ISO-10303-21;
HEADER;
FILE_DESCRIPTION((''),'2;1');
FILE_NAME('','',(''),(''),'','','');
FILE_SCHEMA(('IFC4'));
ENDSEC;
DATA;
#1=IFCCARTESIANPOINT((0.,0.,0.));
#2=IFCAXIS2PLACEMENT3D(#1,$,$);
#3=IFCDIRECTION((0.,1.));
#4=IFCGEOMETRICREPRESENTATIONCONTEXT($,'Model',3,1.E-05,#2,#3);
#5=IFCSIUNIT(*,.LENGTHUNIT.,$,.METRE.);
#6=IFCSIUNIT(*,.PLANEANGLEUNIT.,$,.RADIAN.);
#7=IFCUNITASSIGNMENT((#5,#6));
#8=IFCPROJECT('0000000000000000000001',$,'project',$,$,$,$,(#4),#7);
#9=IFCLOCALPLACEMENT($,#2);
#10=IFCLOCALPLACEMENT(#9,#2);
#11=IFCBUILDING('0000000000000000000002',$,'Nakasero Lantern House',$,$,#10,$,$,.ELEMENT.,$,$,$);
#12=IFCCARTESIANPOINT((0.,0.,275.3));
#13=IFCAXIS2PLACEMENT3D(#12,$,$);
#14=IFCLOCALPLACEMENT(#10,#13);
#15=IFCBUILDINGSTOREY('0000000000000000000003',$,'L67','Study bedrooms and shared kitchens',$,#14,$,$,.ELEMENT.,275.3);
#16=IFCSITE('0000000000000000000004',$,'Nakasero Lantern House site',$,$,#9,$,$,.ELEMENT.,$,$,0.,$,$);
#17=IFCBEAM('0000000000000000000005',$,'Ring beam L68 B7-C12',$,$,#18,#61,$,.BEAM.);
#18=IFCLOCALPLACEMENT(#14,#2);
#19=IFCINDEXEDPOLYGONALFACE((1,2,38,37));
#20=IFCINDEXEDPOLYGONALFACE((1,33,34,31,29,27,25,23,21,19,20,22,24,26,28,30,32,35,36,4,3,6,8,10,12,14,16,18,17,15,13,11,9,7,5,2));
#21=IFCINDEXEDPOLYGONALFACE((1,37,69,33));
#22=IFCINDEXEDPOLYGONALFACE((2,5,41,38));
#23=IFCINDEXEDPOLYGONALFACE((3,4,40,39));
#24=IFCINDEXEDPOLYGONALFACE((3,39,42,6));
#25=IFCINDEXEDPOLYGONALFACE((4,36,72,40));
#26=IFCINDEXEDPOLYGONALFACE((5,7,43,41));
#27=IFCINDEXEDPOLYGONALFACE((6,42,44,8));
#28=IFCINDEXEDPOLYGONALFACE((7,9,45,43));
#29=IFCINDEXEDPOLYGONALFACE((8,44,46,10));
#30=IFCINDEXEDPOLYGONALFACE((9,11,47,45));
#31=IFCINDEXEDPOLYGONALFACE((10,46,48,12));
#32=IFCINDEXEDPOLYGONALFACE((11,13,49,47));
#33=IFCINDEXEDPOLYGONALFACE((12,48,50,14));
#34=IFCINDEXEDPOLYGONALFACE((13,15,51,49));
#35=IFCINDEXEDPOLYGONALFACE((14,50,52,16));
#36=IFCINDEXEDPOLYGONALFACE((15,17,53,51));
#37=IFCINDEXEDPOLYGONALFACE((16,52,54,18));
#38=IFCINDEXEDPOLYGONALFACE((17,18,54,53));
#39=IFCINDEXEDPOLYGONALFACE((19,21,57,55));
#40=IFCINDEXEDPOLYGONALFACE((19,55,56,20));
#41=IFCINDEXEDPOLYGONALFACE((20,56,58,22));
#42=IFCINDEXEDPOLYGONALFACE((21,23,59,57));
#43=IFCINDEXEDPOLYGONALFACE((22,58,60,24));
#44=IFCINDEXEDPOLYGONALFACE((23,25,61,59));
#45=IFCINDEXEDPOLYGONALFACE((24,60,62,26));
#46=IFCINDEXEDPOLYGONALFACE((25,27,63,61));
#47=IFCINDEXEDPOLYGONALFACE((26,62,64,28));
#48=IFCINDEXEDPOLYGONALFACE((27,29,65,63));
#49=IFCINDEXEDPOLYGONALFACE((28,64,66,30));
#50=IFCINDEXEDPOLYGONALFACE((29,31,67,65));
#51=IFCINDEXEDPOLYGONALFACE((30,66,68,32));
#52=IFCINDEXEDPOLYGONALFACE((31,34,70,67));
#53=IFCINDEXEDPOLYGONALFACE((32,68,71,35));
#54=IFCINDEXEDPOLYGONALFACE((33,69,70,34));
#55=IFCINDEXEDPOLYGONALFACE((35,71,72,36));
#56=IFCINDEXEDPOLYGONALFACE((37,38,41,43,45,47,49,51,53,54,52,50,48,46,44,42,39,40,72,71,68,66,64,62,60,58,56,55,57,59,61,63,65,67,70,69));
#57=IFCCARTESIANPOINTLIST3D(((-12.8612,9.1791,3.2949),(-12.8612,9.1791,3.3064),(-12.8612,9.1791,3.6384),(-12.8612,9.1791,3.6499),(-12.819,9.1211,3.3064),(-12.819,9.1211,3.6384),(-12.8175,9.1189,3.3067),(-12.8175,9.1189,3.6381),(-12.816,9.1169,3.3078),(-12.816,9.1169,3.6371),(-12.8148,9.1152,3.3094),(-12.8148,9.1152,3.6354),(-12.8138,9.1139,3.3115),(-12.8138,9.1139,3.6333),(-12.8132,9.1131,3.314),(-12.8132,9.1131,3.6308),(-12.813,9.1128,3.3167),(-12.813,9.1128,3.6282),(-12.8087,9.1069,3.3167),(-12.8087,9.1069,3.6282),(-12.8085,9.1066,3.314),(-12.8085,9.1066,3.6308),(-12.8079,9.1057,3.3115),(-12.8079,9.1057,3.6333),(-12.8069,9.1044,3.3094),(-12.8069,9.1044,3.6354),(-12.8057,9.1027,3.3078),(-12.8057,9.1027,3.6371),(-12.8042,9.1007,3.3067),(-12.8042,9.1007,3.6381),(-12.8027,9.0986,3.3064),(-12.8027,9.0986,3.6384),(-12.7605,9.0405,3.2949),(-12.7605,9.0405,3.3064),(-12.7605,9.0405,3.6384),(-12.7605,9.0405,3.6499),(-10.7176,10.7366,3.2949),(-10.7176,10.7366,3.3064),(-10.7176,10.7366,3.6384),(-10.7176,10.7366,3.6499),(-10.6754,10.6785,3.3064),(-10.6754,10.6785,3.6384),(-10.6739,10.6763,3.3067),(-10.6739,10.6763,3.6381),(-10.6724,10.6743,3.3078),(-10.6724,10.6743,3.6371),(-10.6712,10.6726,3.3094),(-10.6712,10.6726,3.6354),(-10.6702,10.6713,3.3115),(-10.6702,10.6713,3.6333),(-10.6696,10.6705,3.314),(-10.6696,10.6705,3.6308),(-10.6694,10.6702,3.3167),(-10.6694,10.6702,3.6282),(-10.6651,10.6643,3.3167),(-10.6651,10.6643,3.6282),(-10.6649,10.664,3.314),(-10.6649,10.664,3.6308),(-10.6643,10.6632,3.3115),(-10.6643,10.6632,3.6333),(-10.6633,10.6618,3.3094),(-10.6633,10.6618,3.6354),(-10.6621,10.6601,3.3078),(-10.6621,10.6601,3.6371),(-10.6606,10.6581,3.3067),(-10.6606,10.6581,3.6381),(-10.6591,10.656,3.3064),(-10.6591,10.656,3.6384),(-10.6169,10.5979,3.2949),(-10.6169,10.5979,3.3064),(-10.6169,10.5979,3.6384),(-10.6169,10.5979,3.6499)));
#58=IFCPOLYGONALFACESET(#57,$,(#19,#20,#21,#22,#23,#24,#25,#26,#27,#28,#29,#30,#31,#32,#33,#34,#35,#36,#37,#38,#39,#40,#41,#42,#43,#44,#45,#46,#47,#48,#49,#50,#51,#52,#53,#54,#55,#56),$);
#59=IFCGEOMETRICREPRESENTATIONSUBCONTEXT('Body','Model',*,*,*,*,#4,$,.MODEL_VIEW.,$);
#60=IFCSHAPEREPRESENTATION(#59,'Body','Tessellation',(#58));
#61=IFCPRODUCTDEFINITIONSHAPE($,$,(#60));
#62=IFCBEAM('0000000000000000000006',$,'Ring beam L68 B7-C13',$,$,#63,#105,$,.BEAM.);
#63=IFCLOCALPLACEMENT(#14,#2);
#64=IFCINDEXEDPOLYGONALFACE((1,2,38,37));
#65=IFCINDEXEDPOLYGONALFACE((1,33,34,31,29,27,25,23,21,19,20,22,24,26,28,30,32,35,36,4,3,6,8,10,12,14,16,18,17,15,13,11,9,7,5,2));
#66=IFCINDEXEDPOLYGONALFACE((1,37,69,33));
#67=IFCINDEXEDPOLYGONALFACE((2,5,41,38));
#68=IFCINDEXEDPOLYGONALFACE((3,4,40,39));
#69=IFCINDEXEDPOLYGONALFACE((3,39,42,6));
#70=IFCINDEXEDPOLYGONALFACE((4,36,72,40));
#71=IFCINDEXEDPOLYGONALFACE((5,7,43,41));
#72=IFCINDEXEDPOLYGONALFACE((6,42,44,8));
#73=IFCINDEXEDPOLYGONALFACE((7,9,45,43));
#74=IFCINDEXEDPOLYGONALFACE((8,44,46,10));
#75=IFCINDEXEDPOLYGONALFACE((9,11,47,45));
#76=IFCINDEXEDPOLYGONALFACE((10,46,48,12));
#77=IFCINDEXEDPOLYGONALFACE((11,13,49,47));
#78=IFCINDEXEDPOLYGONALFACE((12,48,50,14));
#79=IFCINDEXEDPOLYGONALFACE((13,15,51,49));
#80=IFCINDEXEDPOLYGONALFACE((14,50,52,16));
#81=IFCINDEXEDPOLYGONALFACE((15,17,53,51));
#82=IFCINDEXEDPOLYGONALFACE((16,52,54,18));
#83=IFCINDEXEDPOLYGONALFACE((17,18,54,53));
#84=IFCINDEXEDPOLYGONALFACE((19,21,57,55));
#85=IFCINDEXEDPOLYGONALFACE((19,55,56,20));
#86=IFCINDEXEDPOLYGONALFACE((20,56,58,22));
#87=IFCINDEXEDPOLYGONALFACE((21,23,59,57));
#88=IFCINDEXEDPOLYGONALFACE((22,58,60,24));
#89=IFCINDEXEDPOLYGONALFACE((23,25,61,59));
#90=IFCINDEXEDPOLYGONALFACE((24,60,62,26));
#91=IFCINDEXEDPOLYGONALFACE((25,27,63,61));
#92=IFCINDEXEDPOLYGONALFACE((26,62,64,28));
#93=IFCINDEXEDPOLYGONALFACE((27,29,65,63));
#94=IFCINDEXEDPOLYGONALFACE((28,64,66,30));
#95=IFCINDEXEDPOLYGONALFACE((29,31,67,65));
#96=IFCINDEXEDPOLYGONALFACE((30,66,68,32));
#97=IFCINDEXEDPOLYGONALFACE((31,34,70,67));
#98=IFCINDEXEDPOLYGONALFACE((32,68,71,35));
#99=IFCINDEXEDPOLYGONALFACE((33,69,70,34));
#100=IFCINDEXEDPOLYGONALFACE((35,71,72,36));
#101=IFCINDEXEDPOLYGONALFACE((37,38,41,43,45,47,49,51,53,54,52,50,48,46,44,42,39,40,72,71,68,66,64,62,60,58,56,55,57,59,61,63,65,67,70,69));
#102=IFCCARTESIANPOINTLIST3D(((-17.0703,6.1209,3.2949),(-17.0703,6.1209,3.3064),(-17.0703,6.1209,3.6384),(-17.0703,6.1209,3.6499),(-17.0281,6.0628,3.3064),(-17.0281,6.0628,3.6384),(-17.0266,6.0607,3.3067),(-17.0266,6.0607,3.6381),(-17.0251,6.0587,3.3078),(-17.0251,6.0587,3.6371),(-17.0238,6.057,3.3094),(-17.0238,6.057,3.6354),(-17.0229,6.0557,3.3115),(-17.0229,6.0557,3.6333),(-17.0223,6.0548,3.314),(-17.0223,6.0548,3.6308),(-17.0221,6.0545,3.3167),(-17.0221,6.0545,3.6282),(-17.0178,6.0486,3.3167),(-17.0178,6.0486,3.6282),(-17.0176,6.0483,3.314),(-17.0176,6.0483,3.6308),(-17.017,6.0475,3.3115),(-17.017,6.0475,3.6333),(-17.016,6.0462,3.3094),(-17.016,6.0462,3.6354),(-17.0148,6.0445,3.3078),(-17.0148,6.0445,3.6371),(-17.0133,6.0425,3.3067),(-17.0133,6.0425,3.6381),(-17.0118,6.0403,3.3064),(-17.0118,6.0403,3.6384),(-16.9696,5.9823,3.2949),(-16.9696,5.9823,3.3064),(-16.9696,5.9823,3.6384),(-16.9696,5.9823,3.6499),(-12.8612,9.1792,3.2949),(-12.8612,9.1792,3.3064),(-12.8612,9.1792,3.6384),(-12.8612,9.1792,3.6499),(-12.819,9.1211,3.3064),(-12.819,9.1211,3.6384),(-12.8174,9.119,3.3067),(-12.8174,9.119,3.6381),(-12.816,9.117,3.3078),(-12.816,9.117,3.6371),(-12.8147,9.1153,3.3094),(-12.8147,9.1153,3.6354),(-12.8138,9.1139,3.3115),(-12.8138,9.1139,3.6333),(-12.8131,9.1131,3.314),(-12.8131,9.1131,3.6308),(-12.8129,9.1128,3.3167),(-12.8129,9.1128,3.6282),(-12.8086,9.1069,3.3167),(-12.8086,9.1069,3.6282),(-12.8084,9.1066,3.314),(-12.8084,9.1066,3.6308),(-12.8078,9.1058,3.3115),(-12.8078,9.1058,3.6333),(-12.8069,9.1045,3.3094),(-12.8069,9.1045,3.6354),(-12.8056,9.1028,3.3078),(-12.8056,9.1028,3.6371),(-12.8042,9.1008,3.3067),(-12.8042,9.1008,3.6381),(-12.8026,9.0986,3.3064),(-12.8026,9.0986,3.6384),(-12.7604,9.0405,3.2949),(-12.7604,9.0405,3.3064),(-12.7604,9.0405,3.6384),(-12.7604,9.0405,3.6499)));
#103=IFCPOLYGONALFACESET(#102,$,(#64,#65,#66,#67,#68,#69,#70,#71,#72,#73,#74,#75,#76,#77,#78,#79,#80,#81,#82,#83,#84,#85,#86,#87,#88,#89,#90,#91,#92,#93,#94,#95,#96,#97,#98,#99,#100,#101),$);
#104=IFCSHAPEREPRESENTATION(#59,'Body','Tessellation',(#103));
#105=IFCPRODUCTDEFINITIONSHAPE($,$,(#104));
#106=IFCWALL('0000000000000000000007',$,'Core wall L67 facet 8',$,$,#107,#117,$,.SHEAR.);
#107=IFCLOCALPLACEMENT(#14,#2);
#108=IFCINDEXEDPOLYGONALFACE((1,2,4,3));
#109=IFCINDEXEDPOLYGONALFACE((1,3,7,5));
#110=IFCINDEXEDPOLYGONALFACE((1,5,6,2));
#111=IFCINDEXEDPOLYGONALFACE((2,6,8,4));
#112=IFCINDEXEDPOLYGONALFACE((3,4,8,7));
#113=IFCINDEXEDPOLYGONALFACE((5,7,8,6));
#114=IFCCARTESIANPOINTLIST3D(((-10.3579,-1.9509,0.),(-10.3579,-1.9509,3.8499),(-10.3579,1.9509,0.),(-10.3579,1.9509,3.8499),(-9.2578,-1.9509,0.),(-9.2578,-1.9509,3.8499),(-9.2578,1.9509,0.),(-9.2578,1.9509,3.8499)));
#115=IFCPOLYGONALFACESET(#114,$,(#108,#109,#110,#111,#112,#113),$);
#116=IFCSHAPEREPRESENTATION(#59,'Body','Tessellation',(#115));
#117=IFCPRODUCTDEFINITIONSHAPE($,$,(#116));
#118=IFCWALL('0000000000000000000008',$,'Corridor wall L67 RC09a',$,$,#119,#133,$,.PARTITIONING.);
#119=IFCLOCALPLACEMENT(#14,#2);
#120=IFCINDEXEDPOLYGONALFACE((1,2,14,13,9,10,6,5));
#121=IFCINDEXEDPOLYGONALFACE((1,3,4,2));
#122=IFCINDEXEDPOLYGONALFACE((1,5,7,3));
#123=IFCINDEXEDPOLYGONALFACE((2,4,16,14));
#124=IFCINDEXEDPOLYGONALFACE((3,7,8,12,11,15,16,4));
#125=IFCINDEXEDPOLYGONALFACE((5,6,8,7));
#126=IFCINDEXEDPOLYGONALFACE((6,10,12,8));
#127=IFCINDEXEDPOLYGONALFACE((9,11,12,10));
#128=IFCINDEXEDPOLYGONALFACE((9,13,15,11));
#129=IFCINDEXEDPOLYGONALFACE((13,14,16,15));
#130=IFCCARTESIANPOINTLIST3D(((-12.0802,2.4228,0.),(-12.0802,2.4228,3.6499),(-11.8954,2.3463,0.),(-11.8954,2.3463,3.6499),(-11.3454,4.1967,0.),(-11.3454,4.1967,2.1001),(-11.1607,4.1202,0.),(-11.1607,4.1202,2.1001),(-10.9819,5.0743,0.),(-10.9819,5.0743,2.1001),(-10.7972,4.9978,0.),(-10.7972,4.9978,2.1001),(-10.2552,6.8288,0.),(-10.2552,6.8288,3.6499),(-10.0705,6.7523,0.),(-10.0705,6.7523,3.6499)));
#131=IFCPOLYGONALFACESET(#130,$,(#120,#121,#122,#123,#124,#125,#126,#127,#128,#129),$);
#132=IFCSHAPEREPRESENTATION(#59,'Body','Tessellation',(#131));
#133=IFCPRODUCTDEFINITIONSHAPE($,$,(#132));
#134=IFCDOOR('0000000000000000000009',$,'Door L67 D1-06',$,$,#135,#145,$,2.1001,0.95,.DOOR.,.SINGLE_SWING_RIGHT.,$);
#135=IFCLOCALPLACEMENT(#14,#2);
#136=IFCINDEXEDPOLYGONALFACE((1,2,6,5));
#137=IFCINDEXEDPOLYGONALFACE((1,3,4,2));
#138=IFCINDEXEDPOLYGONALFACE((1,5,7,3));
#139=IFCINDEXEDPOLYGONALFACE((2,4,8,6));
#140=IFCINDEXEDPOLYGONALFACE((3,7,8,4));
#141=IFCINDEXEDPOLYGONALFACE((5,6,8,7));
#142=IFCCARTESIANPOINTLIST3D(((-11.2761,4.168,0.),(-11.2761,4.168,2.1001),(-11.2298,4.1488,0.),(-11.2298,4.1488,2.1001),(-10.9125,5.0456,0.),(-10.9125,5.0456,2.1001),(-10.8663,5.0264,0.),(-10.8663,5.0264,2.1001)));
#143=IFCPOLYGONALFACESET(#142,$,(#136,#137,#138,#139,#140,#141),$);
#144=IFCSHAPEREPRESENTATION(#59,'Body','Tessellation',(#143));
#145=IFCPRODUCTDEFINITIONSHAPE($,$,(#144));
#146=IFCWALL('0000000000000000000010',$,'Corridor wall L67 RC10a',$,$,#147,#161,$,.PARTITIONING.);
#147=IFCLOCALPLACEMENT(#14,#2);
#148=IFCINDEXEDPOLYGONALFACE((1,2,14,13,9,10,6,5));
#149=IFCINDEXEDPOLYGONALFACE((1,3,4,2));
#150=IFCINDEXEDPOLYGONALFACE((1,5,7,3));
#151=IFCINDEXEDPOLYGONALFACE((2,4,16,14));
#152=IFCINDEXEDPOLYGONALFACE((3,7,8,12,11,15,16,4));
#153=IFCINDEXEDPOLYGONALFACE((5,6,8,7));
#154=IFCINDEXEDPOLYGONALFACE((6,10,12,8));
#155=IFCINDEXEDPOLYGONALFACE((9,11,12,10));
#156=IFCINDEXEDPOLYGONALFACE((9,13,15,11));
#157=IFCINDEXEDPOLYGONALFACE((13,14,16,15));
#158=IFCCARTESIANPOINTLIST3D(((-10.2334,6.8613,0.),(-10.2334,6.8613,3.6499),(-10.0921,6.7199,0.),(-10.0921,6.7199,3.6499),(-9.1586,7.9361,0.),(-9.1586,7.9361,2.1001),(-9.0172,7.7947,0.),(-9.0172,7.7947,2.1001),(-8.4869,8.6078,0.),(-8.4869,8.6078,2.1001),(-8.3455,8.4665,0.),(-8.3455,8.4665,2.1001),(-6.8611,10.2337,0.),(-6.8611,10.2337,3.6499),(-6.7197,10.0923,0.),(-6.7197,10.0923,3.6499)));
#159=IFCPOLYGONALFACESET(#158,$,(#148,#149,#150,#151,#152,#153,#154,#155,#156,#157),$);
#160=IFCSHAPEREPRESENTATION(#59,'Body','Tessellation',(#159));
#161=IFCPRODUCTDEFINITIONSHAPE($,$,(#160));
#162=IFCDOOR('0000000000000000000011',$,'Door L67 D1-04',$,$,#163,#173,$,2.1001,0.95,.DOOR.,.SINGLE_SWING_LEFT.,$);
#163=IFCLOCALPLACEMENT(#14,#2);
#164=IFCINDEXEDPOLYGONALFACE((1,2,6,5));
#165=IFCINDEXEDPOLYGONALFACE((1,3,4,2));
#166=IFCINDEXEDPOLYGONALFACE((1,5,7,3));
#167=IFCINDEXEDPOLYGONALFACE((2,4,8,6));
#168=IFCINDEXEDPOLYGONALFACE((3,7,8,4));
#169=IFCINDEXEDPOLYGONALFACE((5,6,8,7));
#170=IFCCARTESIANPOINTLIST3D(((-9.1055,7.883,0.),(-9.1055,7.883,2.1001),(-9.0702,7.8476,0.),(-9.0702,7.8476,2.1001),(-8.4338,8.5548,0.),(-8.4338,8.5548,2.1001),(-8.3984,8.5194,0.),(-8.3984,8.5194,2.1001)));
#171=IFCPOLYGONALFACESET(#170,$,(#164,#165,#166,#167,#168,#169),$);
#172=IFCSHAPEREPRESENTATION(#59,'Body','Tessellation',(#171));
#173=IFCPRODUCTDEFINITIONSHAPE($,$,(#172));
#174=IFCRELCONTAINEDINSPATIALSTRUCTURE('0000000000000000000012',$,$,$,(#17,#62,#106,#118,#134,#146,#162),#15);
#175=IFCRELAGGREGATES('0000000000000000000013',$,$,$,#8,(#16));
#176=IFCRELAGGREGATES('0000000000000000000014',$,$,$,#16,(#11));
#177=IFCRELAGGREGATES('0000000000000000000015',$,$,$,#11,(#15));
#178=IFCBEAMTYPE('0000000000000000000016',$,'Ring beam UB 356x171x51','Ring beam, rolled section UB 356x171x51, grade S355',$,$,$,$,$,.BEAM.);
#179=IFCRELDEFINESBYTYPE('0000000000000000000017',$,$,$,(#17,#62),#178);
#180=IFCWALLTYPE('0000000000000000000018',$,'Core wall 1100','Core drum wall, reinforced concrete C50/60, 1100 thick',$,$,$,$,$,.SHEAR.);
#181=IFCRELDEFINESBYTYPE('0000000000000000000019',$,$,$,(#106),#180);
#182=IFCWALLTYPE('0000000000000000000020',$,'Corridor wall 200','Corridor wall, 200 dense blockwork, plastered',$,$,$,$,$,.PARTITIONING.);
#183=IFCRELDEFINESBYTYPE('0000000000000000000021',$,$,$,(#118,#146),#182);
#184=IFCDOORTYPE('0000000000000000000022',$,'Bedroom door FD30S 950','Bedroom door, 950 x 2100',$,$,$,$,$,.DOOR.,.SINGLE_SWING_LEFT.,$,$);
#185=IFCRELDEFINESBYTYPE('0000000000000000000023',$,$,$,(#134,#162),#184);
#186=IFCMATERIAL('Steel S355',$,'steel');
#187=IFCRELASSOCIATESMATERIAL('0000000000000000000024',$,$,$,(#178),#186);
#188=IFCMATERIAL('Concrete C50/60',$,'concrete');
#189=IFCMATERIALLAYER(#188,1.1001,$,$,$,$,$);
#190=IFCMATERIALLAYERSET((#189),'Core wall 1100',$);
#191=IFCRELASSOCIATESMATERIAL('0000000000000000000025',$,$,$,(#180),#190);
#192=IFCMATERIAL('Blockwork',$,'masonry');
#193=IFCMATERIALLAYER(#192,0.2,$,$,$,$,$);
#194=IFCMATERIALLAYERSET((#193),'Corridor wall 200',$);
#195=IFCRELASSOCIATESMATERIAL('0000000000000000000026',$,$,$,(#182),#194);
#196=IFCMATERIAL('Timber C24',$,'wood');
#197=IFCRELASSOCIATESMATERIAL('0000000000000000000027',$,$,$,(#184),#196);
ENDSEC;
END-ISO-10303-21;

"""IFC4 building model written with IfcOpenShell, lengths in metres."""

from ifc_helpers import new_model, si_unit, direction, frame, frame_2d, origin, origin_2d, place, context, subcontext, project, spatial, rectangle, i_section, extrude, material, layer, layer_set, material_profile, profile_set, type_object, element, fill, save


model = new_model("IFC4")

# Units and contexts
model_context = context("Model", 3, precision=1e-05, world=origin(), true_north=direction((0.0, 1.0)))
body_context = subcontext(model_context, "Body", "Model", "MODEL_VIEW")
ifc_project = project(units=[si_unit("LENGTHUNIT", "METRE"), si_unit("PLANEANGLEUNIT", "RADIAN")], contexts=[model_context])

# Site, building, storey
site_placement = place(None, origin())
site = spatial("IfcSite", under=ifc_project, at=site_placement, Name="Nakasero Lantern House site", CompositionType="ELEMENT", RefElevation=0.0)
building_placement = place(site_placement, origin())
building = spatial("IfcBuilding", under=site, at=building_placement, Name="Nakasero Lantern House", CompositionType="ELEMENT")
storey_placement = place(building_placement, frame((0.0, 0.0, 275.3)))
storey = spatial("IfcBuildingStorey", under=building, at=storey_placement, Name="L67", Description="Study bedrooms and shared kitchens", CompositionType="ELEMENT", Elevation=275.3)

# Beams
ifc_material_1 = material(Name="Steel S355", Category="steel")
ifc_material_profile_1 = material_profile(ifc_material_1, i_section(OverallWidth=0.1714, OverallDepth=0.355, WebThickness=0.0073, FlangeThickness=0.0115, FilletRadius=0.0103, at=origin_2d()), Name="UB 356x171x51")
ifc_profile_set_1 = profile_set([ifc_material_profile_1], Name="Steel S355")
beam_type_1 = type_object("IfcBeamType", Name="Ring beam UB 356x171x51", Description="Ring beam, rolled section UB 356x171x51, grade S355", PredefinedType="BEAM", material=ifc_profile_set_1)
beam_1_placement = place(storey_placement, frame((-10.6672, 10.6672, 3.4724), z_axis=(-0.809019, -0.587783, 0.0), x_axis=(0.587783, -0.809019, 0.0)))
element("IfcBeam", 1, at=beam_1_placement, inside=storey, type_object=beam_type_1, Name="Ring beam L68 B7-C12", PredefinedType="BEAM", context=body_context, shape_type="SweptSolid", body=[
    extrude(i_section(OverallWidth=0.1714, OverallDepth=0.355, WebThickness=0.0073, FlangeThickness=0.0115, FilletRadius=0.0103, at=origin_2d()), origin(), (0.0, 0.0, 1.0), 2.6497),
])
beam_2_placement = place(storey_placement, frame((-12.8108, 9.1099, 3.4724), z_axis=(-0.809002, -0.587806, 0.0), x_axis=(0.587806, -0.809002, 0.0)))
element("IfcBeam", 2, at=beam_2_placement, inside=storey, type_object=beam_type_1, Name="Ring beam L68 B7-C13", PredefinedType="BEAM", context=body_context, shape_type="SweptSolid", body=[
    extrude(i_section(OverallWidth=0.1714, OverallDepth=0.355, WebThickness=0.0073, FlangeThickness=0.0115, FilletRadius=0.0103, at=origin_2d()), origin(), (0.0, 0.0, 1.0), 5.2029),
])

# Wall
ifc_material_2 = material(Name="Concrete C50/60", Category="concrete")
ifc_layer_1 = layer(ifc_material_2, 1.1001)
ifc_layer_set_1 = layer_set([ifc_layer_1], Name="Core wall 1100")
wall_type_1 = type_object("IfcWallType", Name="Core wall 1100", Description="Core drum wall, reinforced concrete C50/60, 1100 thick", PredefinedType="SHEAR", material=ifc_layer_set_1)
wall_1_placement = place(storey_placement, frame((-9.8079, 1.9509, 0.0), z_axis=(0.0, 0.0, 1.0), x_axis=(0.0, -1.0, 0.0)))
element("IfcWall", 3, at=wall_1_placement, inside=storey, type_object=wall_type_1, Name="Core wall L67 facet 8", PredefinedType="SHEAR", context=body_context, shape_type="SweptSolid", body=[
    extrude(rectangle(XDim=3.9019, YDim=1.1001, at=frame_2d((1.9509, 0.0))), origin(), (0.0, 0.0, 1.0), 3.8499),
])

# Walls, openings, doors
ifc_material_3 = material(Name="Blockwork", Category="masonry")
ifc_layer_2 = layer(ifc_material_3, 0.2)
ifc_layer_set_2 = layer_set([ifc_layer_2], Name="Corridor wall 200")
wall_type_2 = type_object("IfcWallType", Name="Corridor wall 200", Description="Corridor wall, 200 dense blockwork, plastered", PredefinedType="PARTITIONING", material=ifc_layer_set_2)
wall_2_placement = place(storey_placement, frame((-11.9878, 2.3845, 0.0), z_axis=(0.0, 0.0, 1.0), x_axis=(0.38267, 0.923885, 0.0)))
wall_2 = element("IfcWall", 4, at=wall_2_placement, inside=storey, type_object=wall_type_2, Name="Corridor wall L67 RC09a", PredefinedType="PARTITIONING", context=body_context, shape_type="SweptSolid", body=[
    extrude(rectangle(XDim=4.769, YDim=0.2, at=frame_2d((2.3845, 0.0))), origin(), (0.0, 0.0, 1.0), 3.6499),
])
opening_1_placement = place(wall_2_placement, frame((1.9199, 0.0, 0.0)))
opening_1 = element("IfcOpeningElement", 5, at=opening_1_placement, cuts=wall_2, PredefinedType="OPENING", context=body_context, shape_type="SweptSolid", body=[
    extrude(rectangle(XDim=0.95, YDim=2.1001, at=frame_2d((0.4751, 1.05))), frame((0.0, 0.1199, 0.0), z_axis=(0.0, -1.0, 0.0), x_axis=(1.0, 0.0, 0.0)), (0.0, 0.0, 1.0), 0.24),
])
ifc_material_4 = material(Name="Timber C24", Category="wood")
door_type_1 = type_object("IfcDoorType", Name="Bedroom door FD30S 950", Description="Bedroom door, 950 x 2100", OperationType="SINGLE_SWING_LEFT", PredefinedType="DOOR", material=ifc_material_4)
door_1_placement = place(opening_1_placement, origin())
door_1 = element("IfcDoor", 6, at=door_1_placement, inside=storey, type_object=door_type_1, Name="Door L67 D1-06", OperationType="SINGLE_SWING_RIGHT", OverallHeight=2.1001, OverallWidth=0.95, PredefinedType="DOOR", context=body_context, shape_type="SweptSolid", body=[
    extrude(rectangle(XDim=0.95, YDim=2.1001, at=frame_2d((0.4751, 1.05))), frame((0.0, 0.0249, 0.0), z_axis=(0.0, -1.0, 0.0), x_axis=(1.0, 0.0, 0.0)), (0.0, 0.0, 1.0), 0.05),
])
fill(opening_1, door_1)
wall_3_placement = place(storey_placement, frame((-10.1628, 6.7905, 0.0), z_axis=(0.0, 0.0, 1.0), x_axis=(0.707107, 0.707107, 0.0)))
wall_3 = element("IfcWall", 7, at=wall_3_placement, inside=storey, type_object=wall_type_2, Name="Corridor wall L67 RC10a", PredefinedType="PARTITIONING", context=body_context, shape_type="SweptSolid", body=[
    extrude(rectangle(XDim=4.7693, YDim=0.2, at=frame_2d((2.3848, 0.0))), origin(), (0.0, 0.0, 1.0), 3.6499),
])
opening_2_placement = place(wall_3_placement, frame((1.52, 0.0, 0.0)))
opening_2 = element("IfcOpeningElement", 8, at=opening_2_placement, cuts=wall_3, PredefinedType="OPENING", context=body_context, shape_type="SweptSolid", body=[
    extrude(rectangle(XDim=0.95, YDim=2.1001, at=frame_2d((0.4751, 1.05))), frame((0.0, 0.1199, 0.0), z_axis=(0.0, -1.0, 0.0), x_axis=(1.0, 0.0, 0.0)), (0.0, 0.0, 1.0), 0.24),
])
door_2_placement = place(opening_2_placement, origin())
door_2 = element("IfcDoor", 9, at=door_2_placement, inside=storey, type_object=door_type_1, Name="Door L67 D1-04", OperationType="SINGLE_SWING_LEFT", OverallHeight=2.1001, OverallWidth=0.95, PredefinedType="DOOR", context=body_context, shape_type="SweptSolid", body=[
    extrude(rectangle(XDim=0.95, YDim=2.1001, at=frame_2d((0.4751, 1.05))), frame((0.0, 0.0249, 0.0), z_axis=(0.0, -1.0, 0.0), x_axis=(1.0, 0.0, 0.0)), (0.0, 0.0, 1.0), 0.05),
])
fill(opening_2, door_2)

save(model, "model.ifc")
